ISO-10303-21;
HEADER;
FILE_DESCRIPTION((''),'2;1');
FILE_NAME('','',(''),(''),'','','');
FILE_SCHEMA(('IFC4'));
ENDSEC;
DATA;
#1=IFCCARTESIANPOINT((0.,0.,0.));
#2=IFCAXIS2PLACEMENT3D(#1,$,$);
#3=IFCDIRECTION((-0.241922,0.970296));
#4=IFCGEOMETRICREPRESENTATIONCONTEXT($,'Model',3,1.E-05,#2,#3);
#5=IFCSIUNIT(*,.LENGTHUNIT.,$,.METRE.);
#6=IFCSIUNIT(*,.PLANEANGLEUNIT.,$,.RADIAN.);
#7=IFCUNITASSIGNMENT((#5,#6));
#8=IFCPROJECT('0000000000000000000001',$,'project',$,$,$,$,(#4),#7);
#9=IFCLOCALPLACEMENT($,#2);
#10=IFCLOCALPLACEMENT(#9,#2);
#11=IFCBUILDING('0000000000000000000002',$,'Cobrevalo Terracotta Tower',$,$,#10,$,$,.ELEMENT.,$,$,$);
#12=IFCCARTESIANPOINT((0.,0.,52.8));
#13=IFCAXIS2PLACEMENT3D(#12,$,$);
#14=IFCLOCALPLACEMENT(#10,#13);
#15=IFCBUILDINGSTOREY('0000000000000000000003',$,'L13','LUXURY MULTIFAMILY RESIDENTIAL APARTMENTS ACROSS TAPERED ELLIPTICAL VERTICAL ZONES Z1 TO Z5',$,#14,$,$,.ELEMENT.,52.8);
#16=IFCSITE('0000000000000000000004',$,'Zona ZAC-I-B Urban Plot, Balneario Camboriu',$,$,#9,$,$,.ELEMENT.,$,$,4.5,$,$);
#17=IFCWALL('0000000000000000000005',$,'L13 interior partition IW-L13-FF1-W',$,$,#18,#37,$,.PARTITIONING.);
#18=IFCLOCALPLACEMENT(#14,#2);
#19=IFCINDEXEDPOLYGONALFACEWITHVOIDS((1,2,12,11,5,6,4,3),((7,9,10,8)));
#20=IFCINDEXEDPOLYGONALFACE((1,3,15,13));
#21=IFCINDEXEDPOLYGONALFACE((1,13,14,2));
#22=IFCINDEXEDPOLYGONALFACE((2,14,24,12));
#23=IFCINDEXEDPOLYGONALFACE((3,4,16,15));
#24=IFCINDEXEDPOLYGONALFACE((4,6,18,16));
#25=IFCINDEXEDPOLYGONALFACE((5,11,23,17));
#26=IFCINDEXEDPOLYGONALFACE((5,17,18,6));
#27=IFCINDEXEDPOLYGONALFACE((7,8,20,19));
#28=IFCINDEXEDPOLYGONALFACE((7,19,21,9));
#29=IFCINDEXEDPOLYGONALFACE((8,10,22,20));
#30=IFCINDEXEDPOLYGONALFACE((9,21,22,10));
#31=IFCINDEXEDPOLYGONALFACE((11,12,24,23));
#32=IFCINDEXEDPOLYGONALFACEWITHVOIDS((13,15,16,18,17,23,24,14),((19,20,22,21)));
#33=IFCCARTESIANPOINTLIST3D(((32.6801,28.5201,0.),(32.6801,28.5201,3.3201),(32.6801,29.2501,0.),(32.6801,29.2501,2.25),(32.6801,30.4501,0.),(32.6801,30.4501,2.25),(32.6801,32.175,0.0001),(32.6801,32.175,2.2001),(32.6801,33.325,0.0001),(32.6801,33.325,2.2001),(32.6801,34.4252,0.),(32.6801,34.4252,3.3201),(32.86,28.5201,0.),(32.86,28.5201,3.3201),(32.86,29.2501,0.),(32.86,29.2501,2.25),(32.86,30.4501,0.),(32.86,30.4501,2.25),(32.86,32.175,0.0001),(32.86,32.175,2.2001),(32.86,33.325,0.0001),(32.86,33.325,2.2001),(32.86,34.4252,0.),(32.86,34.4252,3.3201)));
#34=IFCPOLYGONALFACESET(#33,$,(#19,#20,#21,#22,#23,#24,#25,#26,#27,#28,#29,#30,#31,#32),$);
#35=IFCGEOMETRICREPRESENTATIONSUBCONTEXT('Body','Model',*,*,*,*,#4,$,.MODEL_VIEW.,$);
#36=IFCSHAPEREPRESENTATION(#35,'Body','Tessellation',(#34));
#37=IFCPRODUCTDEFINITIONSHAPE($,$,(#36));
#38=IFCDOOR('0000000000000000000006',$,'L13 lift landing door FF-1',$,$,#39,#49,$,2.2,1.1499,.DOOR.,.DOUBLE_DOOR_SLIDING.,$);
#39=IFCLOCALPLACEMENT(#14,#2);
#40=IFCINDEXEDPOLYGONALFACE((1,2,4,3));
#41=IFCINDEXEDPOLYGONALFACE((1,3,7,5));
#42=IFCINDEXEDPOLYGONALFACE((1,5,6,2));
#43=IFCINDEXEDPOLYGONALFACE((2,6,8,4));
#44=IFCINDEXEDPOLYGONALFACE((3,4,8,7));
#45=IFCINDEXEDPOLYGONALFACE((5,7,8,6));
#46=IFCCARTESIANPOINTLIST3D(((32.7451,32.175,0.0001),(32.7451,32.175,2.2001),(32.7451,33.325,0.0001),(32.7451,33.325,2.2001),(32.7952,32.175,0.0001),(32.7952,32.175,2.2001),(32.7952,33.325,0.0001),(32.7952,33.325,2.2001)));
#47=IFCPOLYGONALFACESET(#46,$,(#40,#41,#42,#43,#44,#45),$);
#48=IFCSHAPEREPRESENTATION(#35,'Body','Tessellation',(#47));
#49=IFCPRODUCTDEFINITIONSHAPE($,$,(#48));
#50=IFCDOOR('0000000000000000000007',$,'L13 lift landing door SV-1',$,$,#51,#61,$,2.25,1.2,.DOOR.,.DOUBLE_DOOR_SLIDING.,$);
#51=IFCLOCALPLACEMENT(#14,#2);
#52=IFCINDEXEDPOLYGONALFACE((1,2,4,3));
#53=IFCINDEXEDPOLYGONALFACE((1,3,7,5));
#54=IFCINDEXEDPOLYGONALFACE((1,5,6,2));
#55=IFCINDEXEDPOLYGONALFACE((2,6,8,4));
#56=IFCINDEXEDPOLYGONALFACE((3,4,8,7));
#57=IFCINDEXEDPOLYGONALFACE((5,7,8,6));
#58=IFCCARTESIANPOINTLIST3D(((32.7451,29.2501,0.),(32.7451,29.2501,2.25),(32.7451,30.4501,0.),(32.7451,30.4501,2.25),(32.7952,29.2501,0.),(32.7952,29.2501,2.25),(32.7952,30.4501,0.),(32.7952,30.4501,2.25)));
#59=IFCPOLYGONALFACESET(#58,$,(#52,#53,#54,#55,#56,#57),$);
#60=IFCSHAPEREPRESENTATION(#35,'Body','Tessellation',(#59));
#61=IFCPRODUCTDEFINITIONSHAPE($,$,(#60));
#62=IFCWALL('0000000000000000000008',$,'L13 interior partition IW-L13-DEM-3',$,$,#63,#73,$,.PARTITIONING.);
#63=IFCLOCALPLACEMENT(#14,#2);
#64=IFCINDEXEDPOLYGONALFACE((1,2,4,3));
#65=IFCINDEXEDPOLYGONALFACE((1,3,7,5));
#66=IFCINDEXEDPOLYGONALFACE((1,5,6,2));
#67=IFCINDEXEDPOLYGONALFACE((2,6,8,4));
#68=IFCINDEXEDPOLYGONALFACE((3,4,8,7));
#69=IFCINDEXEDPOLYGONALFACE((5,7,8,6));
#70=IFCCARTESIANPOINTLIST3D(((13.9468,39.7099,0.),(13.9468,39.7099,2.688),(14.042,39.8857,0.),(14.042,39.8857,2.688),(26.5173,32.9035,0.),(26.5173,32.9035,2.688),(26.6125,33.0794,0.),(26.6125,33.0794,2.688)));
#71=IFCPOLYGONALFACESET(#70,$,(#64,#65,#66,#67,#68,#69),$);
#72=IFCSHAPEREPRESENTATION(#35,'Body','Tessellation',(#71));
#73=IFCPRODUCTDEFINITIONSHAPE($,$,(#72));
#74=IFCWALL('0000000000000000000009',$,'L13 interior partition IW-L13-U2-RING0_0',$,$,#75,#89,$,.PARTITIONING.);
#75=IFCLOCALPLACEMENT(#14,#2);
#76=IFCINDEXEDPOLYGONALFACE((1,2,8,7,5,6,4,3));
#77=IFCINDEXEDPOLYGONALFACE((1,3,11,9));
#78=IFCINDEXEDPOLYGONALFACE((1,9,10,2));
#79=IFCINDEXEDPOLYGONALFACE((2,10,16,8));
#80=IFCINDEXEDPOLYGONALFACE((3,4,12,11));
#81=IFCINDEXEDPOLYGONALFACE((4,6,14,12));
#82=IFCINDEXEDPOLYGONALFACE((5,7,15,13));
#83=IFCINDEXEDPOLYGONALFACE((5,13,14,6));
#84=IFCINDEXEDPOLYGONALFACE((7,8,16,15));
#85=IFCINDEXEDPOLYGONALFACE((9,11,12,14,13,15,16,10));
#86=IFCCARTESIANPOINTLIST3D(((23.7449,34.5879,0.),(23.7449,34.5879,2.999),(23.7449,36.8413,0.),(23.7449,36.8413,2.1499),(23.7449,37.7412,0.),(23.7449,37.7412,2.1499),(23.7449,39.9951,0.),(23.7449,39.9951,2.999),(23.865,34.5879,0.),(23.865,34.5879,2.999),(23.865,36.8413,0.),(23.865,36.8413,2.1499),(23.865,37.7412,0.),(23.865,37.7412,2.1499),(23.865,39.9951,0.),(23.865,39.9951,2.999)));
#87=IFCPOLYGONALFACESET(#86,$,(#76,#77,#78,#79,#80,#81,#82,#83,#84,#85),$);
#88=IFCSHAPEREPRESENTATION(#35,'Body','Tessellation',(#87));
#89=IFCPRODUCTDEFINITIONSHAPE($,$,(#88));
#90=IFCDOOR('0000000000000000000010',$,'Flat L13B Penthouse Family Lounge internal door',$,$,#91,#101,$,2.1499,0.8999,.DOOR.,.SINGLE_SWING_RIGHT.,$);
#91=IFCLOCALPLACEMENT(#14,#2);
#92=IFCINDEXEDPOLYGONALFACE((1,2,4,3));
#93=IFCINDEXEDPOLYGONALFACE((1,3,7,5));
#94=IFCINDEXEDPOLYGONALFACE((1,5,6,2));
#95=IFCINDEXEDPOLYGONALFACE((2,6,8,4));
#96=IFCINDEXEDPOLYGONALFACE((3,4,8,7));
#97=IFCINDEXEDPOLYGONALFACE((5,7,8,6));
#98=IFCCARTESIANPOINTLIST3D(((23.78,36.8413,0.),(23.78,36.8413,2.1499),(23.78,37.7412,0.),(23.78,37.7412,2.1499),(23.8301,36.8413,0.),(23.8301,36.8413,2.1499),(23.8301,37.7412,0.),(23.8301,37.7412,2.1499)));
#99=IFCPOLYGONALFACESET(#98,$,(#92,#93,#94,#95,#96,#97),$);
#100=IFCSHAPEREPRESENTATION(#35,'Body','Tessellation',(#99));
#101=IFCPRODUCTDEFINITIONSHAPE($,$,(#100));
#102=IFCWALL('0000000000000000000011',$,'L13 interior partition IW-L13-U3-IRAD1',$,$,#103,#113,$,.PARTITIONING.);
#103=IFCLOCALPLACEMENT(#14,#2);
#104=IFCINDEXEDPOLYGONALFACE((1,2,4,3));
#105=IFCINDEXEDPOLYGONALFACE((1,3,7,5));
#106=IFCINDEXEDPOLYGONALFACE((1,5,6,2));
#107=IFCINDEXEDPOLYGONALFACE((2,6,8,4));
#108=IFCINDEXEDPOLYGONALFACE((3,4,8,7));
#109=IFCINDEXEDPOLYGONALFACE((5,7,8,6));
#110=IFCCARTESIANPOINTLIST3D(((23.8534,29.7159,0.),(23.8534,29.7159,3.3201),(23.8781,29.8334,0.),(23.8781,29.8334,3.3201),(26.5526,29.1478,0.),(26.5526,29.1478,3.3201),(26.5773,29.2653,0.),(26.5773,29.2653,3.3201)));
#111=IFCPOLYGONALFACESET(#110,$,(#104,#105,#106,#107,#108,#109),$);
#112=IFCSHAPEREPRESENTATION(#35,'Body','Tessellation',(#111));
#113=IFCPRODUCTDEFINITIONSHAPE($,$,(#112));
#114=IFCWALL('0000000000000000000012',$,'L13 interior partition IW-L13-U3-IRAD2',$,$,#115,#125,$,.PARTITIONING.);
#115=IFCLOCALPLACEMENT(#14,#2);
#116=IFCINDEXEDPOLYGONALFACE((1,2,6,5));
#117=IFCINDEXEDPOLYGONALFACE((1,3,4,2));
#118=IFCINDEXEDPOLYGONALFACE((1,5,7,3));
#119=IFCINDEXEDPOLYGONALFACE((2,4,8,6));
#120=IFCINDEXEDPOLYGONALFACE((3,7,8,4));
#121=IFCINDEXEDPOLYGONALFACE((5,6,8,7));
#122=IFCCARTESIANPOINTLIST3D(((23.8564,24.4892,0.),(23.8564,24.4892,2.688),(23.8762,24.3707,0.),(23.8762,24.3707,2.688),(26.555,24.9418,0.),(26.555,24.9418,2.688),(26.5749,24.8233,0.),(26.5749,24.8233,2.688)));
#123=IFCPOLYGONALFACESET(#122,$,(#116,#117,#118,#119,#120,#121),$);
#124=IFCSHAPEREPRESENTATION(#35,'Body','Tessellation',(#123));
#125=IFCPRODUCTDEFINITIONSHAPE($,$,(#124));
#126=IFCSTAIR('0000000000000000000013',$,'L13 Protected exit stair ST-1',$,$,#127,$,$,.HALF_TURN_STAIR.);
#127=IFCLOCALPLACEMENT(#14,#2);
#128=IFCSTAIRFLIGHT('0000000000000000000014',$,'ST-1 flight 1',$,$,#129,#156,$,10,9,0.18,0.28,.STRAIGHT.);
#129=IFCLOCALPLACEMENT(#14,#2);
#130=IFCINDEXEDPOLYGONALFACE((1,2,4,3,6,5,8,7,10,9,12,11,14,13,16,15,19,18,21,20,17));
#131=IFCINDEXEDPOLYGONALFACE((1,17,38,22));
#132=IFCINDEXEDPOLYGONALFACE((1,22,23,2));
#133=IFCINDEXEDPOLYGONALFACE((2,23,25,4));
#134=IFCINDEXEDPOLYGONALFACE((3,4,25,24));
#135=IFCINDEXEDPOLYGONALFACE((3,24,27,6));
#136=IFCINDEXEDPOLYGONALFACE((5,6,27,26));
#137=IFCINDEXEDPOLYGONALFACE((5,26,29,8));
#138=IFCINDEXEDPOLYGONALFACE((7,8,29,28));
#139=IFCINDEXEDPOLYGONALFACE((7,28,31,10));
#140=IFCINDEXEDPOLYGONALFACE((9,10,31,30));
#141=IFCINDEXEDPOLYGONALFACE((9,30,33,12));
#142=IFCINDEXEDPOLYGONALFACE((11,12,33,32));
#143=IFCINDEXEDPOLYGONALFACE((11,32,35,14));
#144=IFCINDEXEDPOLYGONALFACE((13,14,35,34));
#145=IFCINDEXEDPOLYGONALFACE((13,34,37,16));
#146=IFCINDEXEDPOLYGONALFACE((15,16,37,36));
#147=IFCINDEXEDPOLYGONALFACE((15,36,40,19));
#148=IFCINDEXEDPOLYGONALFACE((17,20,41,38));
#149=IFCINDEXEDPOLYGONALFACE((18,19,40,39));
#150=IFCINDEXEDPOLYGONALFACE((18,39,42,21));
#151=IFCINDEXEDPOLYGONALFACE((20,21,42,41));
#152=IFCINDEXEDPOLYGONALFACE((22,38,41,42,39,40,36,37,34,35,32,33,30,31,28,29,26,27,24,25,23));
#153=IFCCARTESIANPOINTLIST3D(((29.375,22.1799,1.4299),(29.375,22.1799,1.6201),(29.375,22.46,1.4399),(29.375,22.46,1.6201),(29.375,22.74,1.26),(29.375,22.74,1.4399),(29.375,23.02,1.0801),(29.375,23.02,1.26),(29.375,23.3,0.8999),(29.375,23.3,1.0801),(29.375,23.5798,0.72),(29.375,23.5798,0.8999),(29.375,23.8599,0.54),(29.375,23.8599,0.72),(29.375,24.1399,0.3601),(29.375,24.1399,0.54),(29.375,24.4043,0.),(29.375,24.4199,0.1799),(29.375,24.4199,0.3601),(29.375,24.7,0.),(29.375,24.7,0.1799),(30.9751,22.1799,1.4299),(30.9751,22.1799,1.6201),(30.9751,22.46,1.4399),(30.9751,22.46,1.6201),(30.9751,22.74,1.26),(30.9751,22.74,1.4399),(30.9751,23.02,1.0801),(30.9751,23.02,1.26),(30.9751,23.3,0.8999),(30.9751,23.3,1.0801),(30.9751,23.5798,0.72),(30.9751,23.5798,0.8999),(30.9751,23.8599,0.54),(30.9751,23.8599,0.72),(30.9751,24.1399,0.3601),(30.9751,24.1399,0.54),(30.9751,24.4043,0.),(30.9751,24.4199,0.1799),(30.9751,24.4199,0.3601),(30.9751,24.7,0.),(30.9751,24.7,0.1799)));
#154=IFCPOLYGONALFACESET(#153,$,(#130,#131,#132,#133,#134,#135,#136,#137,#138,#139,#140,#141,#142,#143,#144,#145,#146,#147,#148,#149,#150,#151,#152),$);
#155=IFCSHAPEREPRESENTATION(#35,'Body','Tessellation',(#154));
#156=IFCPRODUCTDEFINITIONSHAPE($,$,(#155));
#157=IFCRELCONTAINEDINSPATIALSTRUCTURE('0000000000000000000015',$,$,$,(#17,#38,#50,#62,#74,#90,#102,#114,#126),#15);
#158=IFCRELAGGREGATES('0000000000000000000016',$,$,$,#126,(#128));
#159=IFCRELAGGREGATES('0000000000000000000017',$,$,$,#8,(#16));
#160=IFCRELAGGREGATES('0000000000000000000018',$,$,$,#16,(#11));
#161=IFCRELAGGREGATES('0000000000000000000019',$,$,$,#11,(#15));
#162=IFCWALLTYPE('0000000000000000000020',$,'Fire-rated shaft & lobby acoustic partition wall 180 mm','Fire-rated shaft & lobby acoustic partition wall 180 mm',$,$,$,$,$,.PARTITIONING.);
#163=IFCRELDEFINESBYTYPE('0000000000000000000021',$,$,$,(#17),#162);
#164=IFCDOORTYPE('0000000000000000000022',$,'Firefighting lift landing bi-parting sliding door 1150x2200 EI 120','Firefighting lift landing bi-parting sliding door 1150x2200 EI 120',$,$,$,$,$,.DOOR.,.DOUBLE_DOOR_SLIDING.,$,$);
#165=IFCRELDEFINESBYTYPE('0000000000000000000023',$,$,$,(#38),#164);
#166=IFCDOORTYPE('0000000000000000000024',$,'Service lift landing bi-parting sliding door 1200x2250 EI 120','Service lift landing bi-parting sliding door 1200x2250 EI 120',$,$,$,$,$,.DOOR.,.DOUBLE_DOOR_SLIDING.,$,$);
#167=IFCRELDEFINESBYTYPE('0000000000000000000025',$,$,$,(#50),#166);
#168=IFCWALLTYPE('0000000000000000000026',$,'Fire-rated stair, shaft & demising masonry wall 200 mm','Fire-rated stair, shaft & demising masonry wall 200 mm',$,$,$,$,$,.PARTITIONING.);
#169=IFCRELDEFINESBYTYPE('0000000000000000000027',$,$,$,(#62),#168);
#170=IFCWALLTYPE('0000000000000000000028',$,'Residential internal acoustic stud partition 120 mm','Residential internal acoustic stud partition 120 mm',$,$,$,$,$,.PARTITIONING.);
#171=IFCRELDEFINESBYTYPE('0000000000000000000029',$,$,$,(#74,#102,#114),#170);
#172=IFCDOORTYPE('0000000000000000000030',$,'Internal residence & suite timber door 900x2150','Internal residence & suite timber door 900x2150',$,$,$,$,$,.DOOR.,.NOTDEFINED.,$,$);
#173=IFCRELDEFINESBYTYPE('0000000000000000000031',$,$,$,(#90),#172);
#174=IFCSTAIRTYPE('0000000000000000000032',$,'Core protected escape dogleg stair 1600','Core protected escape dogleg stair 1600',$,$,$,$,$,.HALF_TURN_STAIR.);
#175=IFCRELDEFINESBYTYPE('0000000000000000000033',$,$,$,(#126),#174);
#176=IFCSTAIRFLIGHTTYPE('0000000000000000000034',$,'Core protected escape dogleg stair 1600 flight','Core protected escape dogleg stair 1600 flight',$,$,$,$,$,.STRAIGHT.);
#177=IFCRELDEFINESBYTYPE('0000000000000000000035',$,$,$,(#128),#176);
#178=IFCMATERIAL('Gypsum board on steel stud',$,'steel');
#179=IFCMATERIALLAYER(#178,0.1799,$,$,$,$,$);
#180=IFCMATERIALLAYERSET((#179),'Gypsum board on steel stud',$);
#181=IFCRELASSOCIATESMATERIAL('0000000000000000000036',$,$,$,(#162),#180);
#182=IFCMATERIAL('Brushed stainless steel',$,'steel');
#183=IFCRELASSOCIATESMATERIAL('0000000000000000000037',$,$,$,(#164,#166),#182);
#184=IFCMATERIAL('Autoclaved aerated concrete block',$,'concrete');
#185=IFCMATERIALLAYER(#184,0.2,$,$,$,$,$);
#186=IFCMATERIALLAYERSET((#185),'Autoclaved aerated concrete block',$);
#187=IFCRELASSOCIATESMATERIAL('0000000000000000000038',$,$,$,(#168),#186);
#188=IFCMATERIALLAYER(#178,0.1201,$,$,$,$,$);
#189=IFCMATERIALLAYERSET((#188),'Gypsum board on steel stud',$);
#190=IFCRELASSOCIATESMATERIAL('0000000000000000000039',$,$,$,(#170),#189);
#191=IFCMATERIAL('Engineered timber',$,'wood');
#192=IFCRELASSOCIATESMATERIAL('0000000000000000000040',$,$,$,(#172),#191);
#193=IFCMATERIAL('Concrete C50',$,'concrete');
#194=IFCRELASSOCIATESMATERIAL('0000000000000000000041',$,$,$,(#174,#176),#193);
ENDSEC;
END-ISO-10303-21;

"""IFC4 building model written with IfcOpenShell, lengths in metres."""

from ifc_helpers import new_model, si_unit, direction, frame, frame_2d, origin, place, context, subcontext, project, spatial, polyline, rectangle, outline, extrude, source, transform, mapped, material, layer, layer_set, type_object, element, fill, aggregate, save


model = new_model("IFC4")

# Units and contexts
model_context = context("Model", 3, precision=1e-05, world=origin(), true_north=direction((-0.241922, 0.970296)))
body_context = subcontext(model_context, "Body", "Model", "MODEL_VIEW")
ifc_project = project(units=[si_unit("LENGTHUNIT", "METRE"), si_unit("PLANEANGLEUNIT", "RADIAN")], contexts=[model_context])

# Site, building, storey
site_placement = place(None, origin())
site = spatial("IfcSite", under=ifc_project, at=site_placement, Name="Zona ZAC-I-B Urban Plot, Balneario Camboriu", CompositionType="ELEMENT", RefElevation=4.5)
building_placement = place(site_placement, origin())
building = spatial("IfcBuilding", under=site, at=building_placement, Name="Cobrevalo Terracotta Tower", CompositionType="ELEMENT")
storey_placement = place(building_placement, frame((0.0, 0.0, 52.8)))
storey = spatial("IfcBuildingStorey", under=building, at=storey_placement, Name="L13", Description="LUXURY MULTIFAMILY RESIDENTIAL APARTMENTS ACROSS TAPERED ELLIPTICAL VERTICAL ZONES Z1 TO Z5", CompositionType="ELEMENT", Elevation=52.8)

# Shared definitions
ifc_material_1 = material(Name="Gypsum board on steel stud", Category="steel")

# Shared definitions
ifc_layer_1 = layer(ifc_material_1, 0.1799)
ifc_layer_set_1 = layer_set([ifc_layer_1], Name="Gypsum board on steel stud")
wall_type_1 = type_object("IfcWallType", Name="Fire-rated shaft & lobby acoustic partition wall 180 mm", Description="Fire-rated shaft & lobby acoustic partition wall 180 mm", PredefinedType="PARTITIONING", material=ifc_layer_set_1)

# Wall, openings, doors
wall_1_placement = place(storey_placement, frame((32.77, 28.52, 0.0), z_axis=(0.0, 0.0, 1.0), x_axis=(0.0, 1.0, 0.0)))
wall_1 = element("IfcWall", 1, at=wall_1_placement, inside=storey, type_object=wall_type_1, Name="L13 interior partition IW-L13-FF1-W", PredefinedType="PARTITIONING", context=body_context, shape_type="SweptSolid", body=[
    extrude(rectangle(XDim=5.905, YDim=0.1799, at=frame_2d((2.9526, 0.0))), origin(), (0.0, 0.0, 1.0), 3.3201),
])
opening_1_placement = place(wall_1_placement, frame((3.655, 0.0, 0.0)))
opening_1 = element("IfcOpeningElement", 2, at=opening_1_placement, cuts=wall_1, PredefinedType="OPENING", context=body_context, shape_type="SweptSolid", body=[
    extrude(rectangle(XDim=1.1499, YDim=2.2, at=frame_2d((0.575, 1.1001))), frame((0.0, 0.1001, 0.0), z_axis=(0.0, -1.0, 0.0), x_axis=(1.0, 0.0, 0.0)), (0.0, 0.0, 1.0), 0.2),
])
opening_2_placement = place(wall_1_placement, frame((0.73, 0.0, 0.0)))
opening_2 = element("IfcOpeningElement", 3, at=opening_2_placement, cuts=wall_1, PredefinedType="OPENING", context=body_context, shape_type="SweptSolid", body=[
    extrude(rectangle(XDim=1.2, YDim=2.25, at=frame_2d((0.6001, 1.125))), frame((0.0, 0.1001, 0.0), z_axis=(0.0, -1.0, 0.0), x_axis=(1.0, 0.0, 0.0)), (0.0, 0.0, 1.0), 0.2),
])
ifc_material_2 = material(Name="Brushed stainless steel", Category="steel")
door_type_1 = type_object("IfcDoorType", Name="Firefighting lift landing bi-parting sliding door 1150x2200 EI 120", Description="Firefighting lift landing bi-parting sliding door 1150x2200 EI 120", OperationType="DOUBLE_DOOR_SLIDING", PredefinedType="DOOR", material=ifc_material_2)
shared_shape_1 = source(origin(), body_context, "Body", "SweptSolid", [
    extrude(rectangle(XDim=1.1499, YDim=2.2, at=frame_2d((0.575, 1.1001))), frame((0.0, 0.0249, 0.0), z_axis=(0.0, -1.0, 0.0), x_axis=(1.0, 0.0, 0.0)), (0.0, 0.0, 1.0), 0.05),
])
door_1_placement = place(opening_1_placement, origin())
door_1 = element("IfcDoor", 4, at=door_1_placement, inside=storey, type_object=door_type_1, Name="L13 lift landing door FF-1", OperationType="DOUBLE_DOOR_SLIDING", OverallHeight=2.2, OverallWidth=1.1499, PredefinedType="DOOR", context=body_context, shape_type="MappedRepresentation", body=[
    mapped(shared_shape_1, transform((0.0, 0.0, 0.0), scale=1.0)),
])
fill(opening_1, door_1)
door_type_2 = type_object("IfcDoorType", Name="Service lift landing bi-parting sliding door 1200x2250 EI 120", Description="Service lift landing bi-parting sliding door 1200x2250 EI 120", OperationType="DOUBLE_DOOR_SLIDING", PredefinedType="DOOR", material=ifc_material_2)
shared_shape_2 = source(origin(), body_context, "Body", "SweptSolid", [
    extrude(rectangle(XDim=1.2, YDim=2.25, at=frame_2d((0.6001, 1.125))), frame((0.0, 0.0249, 0.0), z_axis=(0.0, -1.0, 0.0), x_axis=(1.0, 0.0, 0.0)), (0.0, 0.0, 1.0), 0.05),
])
door_2_placement = place(opening_2_placement, origin())
door_2 = element("IfcDoor", 5, at=door_2_placement, inside=storey, type_object=door_type_2, Name="L13 lift landing door SV-1", OperationType="DOUBLE_DOOR_SLIDING", OverallHeight=2.25, OverallWidth=1.2, PredefinedType="DOOR", context=body_context, shape_type="MappedRepresentation", body=[
    mapped(shared_shape_2, transform((0.0, 0.0, 0.0), scale=1.0)),
])
fill(opening_2, door_2)

# Wall
ifc_material_3 = material(Name="Autoclaved aerated concrete block", Category="concrete")
ifc_layer_2 = layer(ifc_material_3, 0.2)
ifc_layer_set_2 = layer_set([ifc_layer_2], Name="Autoclaved aerated concrete block")
wall_type_2 = type_object("IfcWallType", Name="Fire-rated stair, shaft & demising masonry wall 200 mm", Description="Fire-rated stair, shaft & demising masonry wall 200 mm", PredefinedType="PARTITIONING", material=ifc_layer_set_2)
wall_2_placement = place(storey_placement, frame((26.5649, 32.9915, 0.0), z_axis=(0.0, 0.0, 1.0), x_axis=(-0.87937, 0.47614, 0.0)))
element("IfcWall", 6, at=wall_2_placement, inside=storey, type_object=wall_type_2, Name="L13 interior partition IW-L13-DEM-3", PredefinedType="PARTITIONING", context=body_context, shape_type="SweptSolid", body=[
    extrude(rectangle(XDim=14.2949, YDim=0.2, at=frame_2d((7.1475, 0.0))), origin(), (0.0, 0.0, 1.0), 2.688),
])

# Wall, opening, door
ifc_layer_3 = layer(ifc_material_1, 0.1201)
ifc_layer_set_3 = layer_set([ifc_layer_3], Name="Gypsum board on steel stud")
wall_type_3 = type_object("IfcWallType", Name="Residential internal acoustic stud partition 120 mm", Description="Residential internal acoustic stud partition 120 mm", PredefinedType="PARTITIONING", material=ifc_layer_set_3)
wall_3_placement = place(storey_placement, frame((23.8049, 34.5879, 0.0), z_axis=(0.0, 0.0, 1.0), x_axis=(0.0, 1.0, 0.0)))
wall_3 = element("IfcWall", 7, at=wall_3_placement, inside=storey, type_object=wall_type_3, Name="L13 interior partition IW-L13-U2-RING0_0", PredefinedType="PARTITIONING", context=body_context, shape_type="SweptSolid", body=[
    extrude(rectangle(XDim=5.4072, YDim=0.1201, at=frame_2d((2.7036, 0.0))), origin(), (0.0, 0.0, 1.0), 2.999),
])
opening_3_placement = place(wall_3_placement, frame((2.2534, 0.0, 0.0)))
opening_3 = element("IfcOpeningElement", 8, at=opening_3_placement, cuts=wall_3, PredefinedType="OPENING", context=body_context, shape_type="SweptSolid", body=[
    extrude(rectangle(XDim=0.8999, YDim=2.1499, at=frame_2d((0.45, 1.075))), frame((0.0, 0.0701, 0.0), z_axis=(0.0, -1.0, 0.0), x_axis=(1.0, 0.0, 0.0)), (0.0, 0.0, 1.0), 0.1401),
])
ifc_material_4 = material(Name="Engineered timber", Category="wood")
door_type_3 = type_object("IfcDoorType", Name="Internal residence & suite timber door 900x2150", Description="Internal residence & suite timber door 900x2150", OperationType="NOTDEFINED", PredefinedType="DOOR", material=ifc_material_4)
shared_shape_3 = source(origin(), body_context, "Body", "SweptSolid", [
    extrude(rectangle(XDim=0.8999, YDim=2.1499, at=frame_2d((0.45, 1.075))), frame((0.0, 0.0249, 0.0), z_axis=(0.0, -1.0, 0.0), x_axis=(1.0, 0.0, 0.0)), (0.0, 0.0, 1.0), 0.05),
])
door_3_placement = place(opening_3_placement, origin())
door_3 = element("IfcDoor", 9, at=door_3_placement, inside=storey, type_object=door_type_3, Name="Flat L13B Penthouse Family Lounge internal door", OperationType="SINGLE_SWING_RIGHT", OverallHeight=2.1499, OverallWidth=0.8999, PredefinedType="DOOR", context=body_context, shape_type="MappedRepresentation", body=[
    mapped(shared_shape_3, transform((0.0, 0.0, 0.0), scale=1.0)),
])
fill(opening_3, door_3)

# Walls
wall_4_placement = place(storey_placement, frame((26.5649, 29.2065, 0.0), z_axis=(0.0, 0.0, 1.0), x_axis=(-0.97856, 0.205961, 0.0)))
element("IfcWall", 10, at=wall_4_placement, inside=storey, type_object=wall_type_3, Name="L13 interior partition IW-L13-U3-IRAD1", PredefinedType="PARTITIONING", context=body_context, shape_type="SweptSolid", body=[
    extrude(rectangle(XDim=2.7583, YDim=0.1201, at=frame_2d((1.3792, 0.0))), origin(), (0.0, 0.0, 1.0), 3.3201),
])
wall_5_placement = place(storey_placement, frame((26.5649, 24.8826, 0.0), z_axis=(0.0, 0.0, 1.0), x_axis=(-0.986225, -0.165412, 0.0)))
element("IfcWall", 11, at=wall_5_placement, inside=storey, type_object=wall_type_3, Name="L13 interior partition IW-L13-U3-IRAD2", PredefinedType="PARTITIONING", context=body_context, shape_type="SweptSolid", body=[
    extrude(rectangle(XDim=2.7363, YDim=0.1201, at=frame_2d((1.3682, 0.0))), origin(), (0.0, 0.0, 1.0), 2.688),
])

# Shared definitions
ifc_material_5 = material(Name="Concrete C50", Category="concrete")

# Stair, stair flight
stair_type = type_object("IfcStairType", Name="Core protected escape dogleg stair 1600", Description="Core protected escape dogleg stair 1600", PredefinedType="HALF_TURN_STAIR", material=ifc_material_5)
stair_placement = place(storey_placement, origin())
stair = element("IfcStair", 12, at=stair_placement, inside=storey, type_object=stair_type, Name="L13 Protected exit stair ST-1", PredefinedType="HALF_TURN_STAIR")
stair_flight_type = type_object("IfcStairFlightType", Name="Core protected escape dogleg stair 1600 flight", Description="Core protected escape dogleg stair 1600 flight", PredefinedType="STRAIGHT", material=ifc_material_5)
stair_flight_placement = place(storey_placement, frame((30.175, 24.7, 0.0), z_axis=(0.0, 0.0, 1.0), x_axis=(0.0, -1.0, 0.0)))
stair_flight = element("IfcStairFlight", 13, at=stair_flight_placement, type_object=stair_flight_type, Name="ST-1 flight 1", NumberOfRisers=10, NumberOfTreads=9, PredefinedType="STRAIGHT", RiserHeight=0.18, TreadLength=0.28, context=body_context, shape_type="SweptSolid", body=[
    extrude(outline(polyline([(0.0, 0.0), (0.0, 0.1799), (0.28, 0.1799), (0.28, 0.3601), (0.5601, 0.3601), (0.5601, 0.54), (0.8401, 0.54), (0.8401, 0.72), (1.1201, 0.72), (1.1201, 0.8999), (1.3999, 0.8999), (1.3999, 1.0801), (1.6799, 1.0801), (1.6799, 1.26), (1.96, 1.26), (1.96, 1.4399), (2.24, 1.4399), (2.24, 1.6201), (2.52, 1.6201), (2.52, 1.8), (2.52, 1.4299), (0.2957, 0.0), (0.0, 0.0)])), frame((0.0, 0.8, 0.0), z_axis=(0.0, -1.0, 0.0), x_axis=(1.0, 0.0, 0.0)), (0.0, 0.0, 1.0), 1.6001),
])
aggregate(stair, [stair_flight])

save(model, "model.ifc")
